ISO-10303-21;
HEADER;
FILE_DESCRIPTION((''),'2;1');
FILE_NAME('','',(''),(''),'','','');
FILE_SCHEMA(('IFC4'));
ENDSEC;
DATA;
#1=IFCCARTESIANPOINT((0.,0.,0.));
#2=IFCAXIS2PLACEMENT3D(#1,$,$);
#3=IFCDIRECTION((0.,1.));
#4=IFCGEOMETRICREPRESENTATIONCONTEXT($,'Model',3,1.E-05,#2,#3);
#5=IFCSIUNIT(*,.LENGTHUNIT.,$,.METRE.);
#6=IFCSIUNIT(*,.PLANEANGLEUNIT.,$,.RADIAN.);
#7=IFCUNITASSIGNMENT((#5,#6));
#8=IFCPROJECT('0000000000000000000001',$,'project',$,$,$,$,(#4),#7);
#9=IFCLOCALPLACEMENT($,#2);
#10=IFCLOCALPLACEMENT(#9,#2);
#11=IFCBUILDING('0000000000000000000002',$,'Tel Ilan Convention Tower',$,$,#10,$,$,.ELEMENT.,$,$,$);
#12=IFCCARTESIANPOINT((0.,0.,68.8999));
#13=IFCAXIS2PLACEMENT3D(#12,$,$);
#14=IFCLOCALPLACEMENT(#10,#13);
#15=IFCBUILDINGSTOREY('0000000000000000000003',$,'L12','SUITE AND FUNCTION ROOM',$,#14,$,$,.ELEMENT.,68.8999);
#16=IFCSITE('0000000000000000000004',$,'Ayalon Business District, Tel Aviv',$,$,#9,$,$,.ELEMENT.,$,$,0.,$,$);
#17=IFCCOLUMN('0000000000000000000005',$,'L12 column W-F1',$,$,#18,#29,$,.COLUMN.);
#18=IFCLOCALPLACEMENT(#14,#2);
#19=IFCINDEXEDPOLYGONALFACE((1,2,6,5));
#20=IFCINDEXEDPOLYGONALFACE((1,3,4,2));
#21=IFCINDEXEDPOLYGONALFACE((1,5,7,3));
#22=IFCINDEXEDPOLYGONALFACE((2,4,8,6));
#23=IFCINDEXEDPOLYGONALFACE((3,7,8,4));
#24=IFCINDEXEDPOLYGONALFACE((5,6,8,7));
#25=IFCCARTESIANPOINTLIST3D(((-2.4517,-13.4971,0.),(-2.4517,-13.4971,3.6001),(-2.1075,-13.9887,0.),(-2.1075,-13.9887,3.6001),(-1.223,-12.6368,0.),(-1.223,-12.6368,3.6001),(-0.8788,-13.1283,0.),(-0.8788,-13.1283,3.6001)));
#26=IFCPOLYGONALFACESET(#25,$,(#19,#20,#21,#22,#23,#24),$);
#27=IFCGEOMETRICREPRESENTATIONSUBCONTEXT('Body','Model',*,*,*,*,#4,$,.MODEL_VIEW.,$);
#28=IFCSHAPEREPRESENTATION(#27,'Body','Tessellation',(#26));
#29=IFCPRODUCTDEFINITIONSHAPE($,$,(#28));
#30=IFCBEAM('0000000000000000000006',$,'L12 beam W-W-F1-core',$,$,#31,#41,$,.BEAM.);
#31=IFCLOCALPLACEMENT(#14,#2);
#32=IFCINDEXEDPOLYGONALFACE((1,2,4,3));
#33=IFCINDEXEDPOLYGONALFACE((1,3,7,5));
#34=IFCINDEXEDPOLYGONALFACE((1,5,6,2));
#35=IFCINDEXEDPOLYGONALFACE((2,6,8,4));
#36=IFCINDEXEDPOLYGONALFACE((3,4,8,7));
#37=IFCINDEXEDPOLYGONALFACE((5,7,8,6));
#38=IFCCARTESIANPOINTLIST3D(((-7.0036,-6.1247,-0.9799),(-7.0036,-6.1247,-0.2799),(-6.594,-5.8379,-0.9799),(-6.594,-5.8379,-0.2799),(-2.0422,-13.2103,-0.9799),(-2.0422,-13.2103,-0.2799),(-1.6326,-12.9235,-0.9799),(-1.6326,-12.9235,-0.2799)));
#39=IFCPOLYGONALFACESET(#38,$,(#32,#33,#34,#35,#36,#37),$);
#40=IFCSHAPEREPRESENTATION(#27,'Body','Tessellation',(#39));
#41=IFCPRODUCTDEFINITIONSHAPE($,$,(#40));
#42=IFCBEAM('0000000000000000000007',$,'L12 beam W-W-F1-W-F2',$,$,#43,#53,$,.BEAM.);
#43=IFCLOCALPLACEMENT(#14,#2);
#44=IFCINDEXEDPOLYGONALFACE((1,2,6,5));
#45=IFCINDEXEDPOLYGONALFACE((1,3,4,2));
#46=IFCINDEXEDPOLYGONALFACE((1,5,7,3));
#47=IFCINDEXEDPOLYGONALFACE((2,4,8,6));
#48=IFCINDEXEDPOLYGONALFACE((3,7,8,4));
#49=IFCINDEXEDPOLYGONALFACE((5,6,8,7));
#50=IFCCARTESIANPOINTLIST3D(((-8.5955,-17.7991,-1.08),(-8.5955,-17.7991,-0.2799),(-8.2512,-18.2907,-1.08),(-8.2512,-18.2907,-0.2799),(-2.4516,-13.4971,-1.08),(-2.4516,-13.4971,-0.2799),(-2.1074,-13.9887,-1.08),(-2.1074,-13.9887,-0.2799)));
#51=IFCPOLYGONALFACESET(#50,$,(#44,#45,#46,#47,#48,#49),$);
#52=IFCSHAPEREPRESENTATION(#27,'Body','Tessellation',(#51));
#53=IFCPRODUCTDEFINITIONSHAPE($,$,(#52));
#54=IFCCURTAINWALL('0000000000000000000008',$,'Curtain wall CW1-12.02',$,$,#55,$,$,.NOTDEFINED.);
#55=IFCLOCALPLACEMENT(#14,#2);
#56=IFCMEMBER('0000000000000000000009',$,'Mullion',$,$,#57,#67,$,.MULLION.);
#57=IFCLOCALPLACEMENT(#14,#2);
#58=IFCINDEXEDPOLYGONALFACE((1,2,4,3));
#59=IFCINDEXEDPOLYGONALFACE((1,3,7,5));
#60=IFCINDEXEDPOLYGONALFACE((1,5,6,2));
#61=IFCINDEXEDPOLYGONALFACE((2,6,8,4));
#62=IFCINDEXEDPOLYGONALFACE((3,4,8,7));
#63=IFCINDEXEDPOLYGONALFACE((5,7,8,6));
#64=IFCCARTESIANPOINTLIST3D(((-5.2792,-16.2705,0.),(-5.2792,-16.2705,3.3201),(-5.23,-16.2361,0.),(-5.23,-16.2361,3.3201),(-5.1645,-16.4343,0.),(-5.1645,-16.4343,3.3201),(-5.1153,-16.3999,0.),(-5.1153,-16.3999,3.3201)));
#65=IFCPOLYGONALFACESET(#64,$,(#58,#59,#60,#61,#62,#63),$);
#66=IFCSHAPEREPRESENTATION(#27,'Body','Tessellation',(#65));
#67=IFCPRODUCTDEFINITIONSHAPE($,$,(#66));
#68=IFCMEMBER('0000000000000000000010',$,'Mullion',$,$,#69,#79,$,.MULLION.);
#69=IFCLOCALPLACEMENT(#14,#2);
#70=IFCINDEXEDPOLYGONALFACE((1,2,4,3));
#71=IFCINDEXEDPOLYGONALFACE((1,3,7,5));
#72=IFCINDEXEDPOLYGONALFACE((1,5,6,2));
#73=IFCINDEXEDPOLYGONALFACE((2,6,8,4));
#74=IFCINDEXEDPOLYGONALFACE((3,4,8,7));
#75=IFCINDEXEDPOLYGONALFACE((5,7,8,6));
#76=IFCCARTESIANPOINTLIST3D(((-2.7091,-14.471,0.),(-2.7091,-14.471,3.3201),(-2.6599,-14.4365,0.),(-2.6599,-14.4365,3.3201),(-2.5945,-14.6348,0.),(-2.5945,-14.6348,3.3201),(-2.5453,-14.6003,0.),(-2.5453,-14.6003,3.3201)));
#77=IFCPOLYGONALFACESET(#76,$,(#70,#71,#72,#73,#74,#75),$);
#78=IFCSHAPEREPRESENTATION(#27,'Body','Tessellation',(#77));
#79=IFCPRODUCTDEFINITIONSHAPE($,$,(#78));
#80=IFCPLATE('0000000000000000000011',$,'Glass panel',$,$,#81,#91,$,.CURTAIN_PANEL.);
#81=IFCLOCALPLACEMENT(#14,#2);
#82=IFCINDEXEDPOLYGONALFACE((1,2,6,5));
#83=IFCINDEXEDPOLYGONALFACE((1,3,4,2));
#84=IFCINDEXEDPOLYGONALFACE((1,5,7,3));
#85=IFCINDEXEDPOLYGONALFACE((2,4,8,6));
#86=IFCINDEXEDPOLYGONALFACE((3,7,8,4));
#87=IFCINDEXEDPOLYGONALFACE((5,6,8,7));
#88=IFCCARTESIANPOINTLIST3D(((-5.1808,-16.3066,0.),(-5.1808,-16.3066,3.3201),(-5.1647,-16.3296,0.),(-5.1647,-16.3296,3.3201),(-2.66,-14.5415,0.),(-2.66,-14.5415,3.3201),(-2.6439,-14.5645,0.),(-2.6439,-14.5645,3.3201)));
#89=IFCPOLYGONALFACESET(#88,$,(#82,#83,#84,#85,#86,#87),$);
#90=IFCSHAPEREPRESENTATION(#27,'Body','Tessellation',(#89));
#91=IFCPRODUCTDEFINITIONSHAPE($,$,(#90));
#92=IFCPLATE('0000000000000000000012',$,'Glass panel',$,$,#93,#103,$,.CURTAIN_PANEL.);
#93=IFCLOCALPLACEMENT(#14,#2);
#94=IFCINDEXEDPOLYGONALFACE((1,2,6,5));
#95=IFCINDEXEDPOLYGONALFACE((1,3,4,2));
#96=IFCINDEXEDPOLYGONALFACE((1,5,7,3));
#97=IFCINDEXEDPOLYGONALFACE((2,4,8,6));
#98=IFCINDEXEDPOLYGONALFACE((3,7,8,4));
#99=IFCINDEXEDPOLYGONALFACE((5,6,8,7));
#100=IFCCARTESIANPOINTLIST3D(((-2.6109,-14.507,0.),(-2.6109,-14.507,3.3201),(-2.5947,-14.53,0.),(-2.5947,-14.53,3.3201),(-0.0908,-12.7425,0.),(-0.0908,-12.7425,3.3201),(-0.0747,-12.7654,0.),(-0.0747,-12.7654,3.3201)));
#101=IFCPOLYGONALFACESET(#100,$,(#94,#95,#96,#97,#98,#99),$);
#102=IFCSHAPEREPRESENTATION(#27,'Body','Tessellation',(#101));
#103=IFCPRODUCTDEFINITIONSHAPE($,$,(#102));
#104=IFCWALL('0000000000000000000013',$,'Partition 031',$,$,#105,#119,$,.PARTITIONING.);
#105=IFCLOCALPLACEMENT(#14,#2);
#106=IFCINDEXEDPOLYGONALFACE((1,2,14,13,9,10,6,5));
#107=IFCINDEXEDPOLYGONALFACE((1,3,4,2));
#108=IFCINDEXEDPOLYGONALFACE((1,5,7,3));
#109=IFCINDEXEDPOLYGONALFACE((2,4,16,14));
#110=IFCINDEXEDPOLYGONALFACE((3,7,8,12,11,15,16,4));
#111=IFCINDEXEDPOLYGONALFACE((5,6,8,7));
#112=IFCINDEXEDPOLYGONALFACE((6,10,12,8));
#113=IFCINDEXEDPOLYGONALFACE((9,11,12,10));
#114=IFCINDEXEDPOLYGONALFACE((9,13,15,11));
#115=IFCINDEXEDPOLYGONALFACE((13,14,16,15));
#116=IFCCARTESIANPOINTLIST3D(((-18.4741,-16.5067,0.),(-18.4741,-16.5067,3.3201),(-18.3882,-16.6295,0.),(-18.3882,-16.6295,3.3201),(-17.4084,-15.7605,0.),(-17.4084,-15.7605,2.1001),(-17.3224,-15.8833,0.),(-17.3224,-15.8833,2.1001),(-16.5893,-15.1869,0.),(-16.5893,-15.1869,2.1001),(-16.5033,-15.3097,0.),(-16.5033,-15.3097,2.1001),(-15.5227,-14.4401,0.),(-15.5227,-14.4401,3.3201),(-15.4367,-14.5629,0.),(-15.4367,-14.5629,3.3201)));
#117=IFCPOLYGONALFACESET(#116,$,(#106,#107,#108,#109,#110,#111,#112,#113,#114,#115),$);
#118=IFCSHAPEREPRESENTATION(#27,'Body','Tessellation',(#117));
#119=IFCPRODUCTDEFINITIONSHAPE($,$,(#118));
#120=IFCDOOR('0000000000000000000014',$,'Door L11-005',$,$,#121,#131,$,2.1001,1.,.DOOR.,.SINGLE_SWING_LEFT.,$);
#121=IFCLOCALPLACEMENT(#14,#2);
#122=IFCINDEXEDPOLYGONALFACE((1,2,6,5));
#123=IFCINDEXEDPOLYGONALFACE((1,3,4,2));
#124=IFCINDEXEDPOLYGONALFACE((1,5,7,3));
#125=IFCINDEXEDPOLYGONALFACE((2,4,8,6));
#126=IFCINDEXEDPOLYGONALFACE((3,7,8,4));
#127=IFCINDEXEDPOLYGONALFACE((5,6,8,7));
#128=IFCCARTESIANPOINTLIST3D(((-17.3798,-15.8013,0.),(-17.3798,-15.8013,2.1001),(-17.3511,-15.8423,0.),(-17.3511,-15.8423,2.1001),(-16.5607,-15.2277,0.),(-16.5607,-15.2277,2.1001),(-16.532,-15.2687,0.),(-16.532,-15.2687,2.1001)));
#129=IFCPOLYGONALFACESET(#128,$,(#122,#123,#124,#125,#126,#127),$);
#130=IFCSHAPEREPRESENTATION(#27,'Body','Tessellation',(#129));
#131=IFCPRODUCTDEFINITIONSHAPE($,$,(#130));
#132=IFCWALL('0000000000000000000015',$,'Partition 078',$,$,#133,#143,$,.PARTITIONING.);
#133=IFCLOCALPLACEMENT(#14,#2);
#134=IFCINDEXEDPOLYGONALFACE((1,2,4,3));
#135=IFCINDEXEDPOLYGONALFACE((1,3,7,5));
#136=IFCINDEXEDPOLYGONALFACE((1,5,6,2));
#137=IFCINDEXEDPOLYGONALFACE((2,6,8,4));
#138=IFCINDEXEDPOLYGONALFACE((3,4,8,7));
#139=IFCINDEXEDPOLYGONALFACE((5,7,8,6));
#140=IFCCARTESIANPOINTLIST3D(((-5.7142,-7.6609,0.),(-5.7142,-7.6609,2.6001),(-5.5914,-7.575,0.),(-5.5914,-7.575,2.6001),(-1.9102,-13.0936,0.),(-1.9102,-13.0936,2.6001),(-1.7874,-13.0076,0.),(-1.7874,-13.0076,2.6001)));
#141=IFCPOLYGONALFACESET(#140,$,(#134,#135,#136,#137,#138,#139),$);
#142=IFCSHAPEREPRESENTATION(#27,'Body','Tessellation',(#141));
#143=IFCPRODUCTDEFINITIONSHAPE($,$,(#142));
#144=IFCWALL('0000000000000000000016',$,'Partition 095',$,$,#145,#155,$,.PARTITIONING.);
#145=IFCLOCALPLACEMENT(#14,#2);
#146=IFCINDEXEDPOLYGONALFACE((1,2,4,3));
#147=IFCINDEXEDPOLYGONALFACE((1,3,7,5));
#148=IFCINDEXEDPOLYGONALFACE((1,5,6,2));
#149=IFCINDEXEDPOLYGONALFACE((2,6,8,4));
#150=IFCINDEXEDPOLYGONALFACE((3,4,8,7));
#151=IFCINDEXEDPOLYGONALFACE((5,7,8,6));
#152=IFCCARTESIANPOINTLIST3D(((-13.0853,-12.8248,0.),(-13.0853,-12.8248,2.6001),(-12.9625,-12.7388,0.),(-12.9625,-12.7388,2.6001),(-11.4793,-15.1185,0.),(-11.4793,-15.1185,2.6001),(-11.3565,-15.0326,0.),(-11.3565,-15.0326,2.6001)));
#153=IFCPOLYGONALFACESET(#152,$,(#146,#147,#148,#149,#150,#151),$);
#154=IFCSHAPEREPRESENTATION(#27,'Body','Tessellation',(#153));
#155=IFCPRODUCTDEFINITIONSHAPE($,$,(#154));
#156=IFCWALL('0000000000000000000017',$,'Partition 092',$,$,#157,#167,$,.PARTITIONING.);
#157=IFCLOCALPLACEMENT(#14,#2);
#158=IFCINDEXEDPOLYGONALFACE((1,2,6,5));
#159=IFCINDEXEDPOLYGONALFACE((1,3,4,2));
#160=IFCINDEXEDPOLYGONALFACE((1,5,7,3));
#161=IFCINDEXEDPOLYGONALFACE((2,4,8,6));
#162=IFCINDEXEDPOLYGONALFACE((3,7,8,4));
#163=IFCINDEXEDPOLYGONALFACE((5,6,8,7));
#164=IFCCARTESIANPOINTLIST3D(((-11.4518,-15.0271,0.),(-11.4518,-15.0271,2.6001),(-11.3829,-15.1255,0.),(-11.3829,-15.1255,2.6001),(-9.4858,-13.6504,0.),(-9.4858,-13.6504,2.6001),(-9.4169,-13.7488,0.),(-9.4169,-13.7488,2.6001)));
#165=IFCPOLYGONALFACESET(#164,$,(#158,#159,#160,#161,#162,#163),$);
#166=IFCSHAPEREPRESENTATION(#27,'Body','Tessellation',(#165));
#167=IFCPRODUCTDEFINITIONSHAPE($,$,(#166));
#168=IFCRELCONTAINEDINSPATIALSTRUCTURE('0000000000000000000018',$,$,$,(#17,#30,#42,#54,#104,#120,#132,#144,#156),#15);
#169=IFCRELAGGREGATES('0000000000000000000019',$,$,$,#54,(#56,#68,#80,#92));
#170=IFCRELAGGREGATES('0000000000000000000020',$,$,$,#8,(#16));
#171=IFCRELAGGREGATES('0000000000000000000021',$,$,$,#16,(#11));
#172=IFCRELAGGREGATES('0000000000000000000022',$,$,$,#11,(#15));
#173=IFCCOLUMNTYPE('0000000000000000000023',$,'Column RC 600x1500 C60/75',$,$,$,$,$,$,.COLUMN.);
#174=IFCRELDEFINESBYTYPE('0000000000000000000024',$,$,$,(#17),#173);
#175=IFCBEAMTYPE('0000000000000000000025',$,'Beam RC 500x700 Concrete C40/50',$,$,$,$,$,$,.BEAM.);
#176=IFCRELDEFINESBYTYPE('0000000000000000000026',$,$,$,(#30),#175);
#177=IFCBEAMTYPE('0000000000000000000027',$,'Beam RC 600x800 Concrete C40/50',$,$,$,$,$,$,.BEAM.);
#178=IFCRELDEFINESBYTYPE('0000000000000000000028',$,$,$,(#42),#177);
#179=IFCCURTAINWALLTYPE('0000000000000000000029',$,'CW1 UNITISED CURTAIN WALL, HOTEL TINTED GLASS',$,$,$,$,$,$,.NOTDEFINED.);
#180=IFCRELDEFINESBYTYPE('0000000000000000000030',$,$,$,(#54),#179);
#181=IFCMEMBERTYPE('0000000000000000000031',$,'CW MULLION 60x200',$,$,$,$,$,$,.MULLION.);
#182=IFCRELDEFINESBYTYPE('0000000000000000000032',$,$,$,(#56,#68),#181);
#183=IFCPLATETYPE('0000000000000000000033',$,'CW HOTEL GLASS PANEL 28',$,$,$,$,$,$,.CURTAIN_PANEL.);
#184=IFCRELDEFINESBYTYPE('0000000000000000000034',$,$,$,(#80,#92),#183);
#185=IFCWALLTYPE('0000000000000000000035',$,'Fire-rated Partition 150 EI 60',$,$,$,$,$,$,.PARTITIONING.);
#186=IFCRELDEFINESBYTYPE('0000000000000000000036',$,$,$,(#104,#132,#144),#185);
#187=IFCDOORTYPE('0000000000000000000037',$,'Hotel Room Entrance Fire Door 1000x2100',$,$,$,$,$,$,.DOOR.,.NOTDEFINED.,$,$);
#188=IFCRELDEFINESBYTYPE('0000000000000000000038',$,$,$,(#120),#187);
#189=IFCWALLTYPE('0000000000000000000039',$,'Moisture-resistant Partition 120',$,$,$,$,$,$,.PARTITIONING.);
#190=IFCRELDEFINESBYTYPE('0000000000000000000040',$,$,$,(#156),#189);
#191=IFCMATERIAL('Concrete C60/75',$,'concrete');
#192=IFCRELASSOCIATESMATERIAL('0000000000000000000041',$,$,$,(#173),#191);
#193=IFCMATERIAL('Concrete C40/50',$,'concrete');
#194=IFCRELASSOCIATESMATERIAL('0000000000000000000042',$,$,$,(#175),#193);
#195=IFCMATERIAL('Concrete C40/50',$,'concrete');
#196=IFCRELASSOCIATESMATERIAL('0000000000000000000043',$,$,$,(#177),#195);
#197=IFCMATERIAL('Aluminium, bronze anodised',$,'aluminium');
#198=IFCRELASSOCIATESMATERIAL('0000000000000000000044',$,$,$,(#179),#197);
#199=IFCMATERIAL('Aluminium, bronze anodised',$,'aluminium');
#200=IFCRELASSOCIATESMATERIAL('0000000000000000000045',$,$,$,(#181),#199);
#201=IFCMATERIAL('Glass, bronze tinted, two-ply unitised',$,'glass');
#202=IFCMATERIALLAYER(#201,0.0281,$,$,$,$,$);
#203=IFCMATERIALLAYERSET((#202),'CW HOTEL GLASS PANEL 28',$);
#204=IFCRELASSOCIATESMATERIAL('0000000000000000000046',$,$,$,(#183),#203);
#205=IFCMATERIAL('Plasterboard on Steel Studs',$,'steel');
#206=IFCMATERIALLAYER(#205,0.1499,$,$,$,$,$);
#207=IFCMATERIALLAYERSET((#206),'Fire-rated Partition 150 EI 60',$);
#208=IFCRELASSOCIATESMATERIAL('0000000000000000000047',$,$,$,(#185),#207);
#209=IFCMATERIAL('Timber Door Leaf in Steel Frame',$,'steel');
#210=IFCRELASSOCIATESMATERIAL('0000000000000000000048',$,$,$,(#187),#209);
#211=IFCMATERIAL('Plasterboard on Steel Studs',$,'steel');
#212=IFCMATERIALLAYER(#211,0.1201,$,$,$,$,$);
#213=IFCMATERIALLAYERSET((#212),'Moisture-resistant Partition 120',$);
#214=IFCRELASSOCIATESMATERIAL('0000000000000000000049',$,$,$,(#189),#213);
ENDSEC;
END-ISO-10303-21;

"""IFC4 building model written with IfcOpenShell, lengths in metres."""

from ifc_helpers import new_model, si_unit, direction, frame, frame_2d, origin, origin_2d, place, context, subcontext, project, spatial, rectangle, extrude, material, layer, layer_set, material_profile, profile_set, type_object, element, fill, aggregate, save


model = new_model("IFC4")

# Units and contexts
model_context = context("Model", 3, precision=1e-05, world=origin(), true_north=direction((0.0, 1.0)))
body_context = subcontext(model_context, "Body", "Model", "MODEL_VIEW")
ifc_project = project(units=[si_unit("LENGTHUNIT", "METRE"), si_unit("PLANEANGLEUNIT", "RADIAN")], contexts=[model_context])

# Site, building, storey
site_placement = place(None, origin())
site = spatial("IfcSite", under=ifc_project, at=site_placement, Name="Ayalon Business District, Tel Aviv", CompositionType="ELEMENT", RefElevation=0.0)
building_placement = place(site_placement, origin())
building = spatial("IfcBuilding", under=site, at=building_placement, Name="Tel Ilan Convention Tower", CompositionType="ELEMENT")
storey_placement = place(building_placement, frame((0.0, 0.0, 68.8999)))
storey = spatial("IfcBuildingStorey", under=building, at=storey_placement, Name="L12", Description="SUITE AND FUNCTION ROOM", CompositionType="ELEMENT", Elevation=68.8999)

# Column
ifc_material_1 = material(Name="Concrete C60/75", Category="concrete")
ifc_material_profile_1 = material_profile(ifc_material_1, rectangle(XDim=1.5, YDim=0.6001, at=origin_2d()), Name="RC 600x1500")
ifc_profile_set_1 = profile_set([ifc_material_profile_1], Name="Concrete C60/75")
column_type = type_object("IfcColumnType", Name="Column RC 600x1500 C60/75", PredefinedType="COLUMN", material=ifc_profile_set_1)
column_placement = place(storey_placement, frame((-1.6653, -13.3127, 0.0), z_axis=(0.0, 0.0, 1.0), x_axis=(-0.819152, -0.573576, 0.0)))
element("IfcColumn", 1, at=column_placement, inside=storey, type_object=column_type, Name="L12 column W-F1", PredefinedType="COLUMN", context=body_context, shape_type="SweptSolid", body=[
    extrude(rectangle(XDim=1.5, YDim=0.6001, at=origin_2d()), origin(), (0.0, 0.0, 1.0), 3.6001),
])

# Beams
ifc_material_2 = material(Name="Concrete C40/50", Category="concrete")
ifc_material_profile_2 = material_profile(ifc_material_2, rectangle(XDim=0.5, YDim=0.7, at=origin_2d()), Name="RC 500x700")
ifc_profile_set_2 = profile_set([ifc_material_profile_2], Name="Concrete C40/50")
beam_type_1 = type_object("IfcBeamType", Name="Beam RC 500x700 Concrete C40/50", PredefinedType="BEAM", material=ifc_profile_set_2)
beam_1_placement = place(storey_placement, frame((-1.8374, -13.0669, -0.6299), z_axis=(-0.573574, 0.819154, 0.0), x_axis=(-0.819154, -0.573574, 0.0)))
element("IfcBeam", 2, at=beam_1_placement, inside=storey, type_object=beam_type_1, Name="L12 beam W-W-F1-core", PredefinedType="BEAM", context=body_context, shape_type="SweptSolid", body=[
    extrude(rectangle(XDim=0.5, YDim=0.7, at=origin_2d()), origin(), (0.0, 0.0, 1.0), 8.6499),
])
ifc_material_3 = material(Name="Concrete C40/50", Category="concrete")
ifc_material_profile_3 = material_profile(ifc_material_3, rectangle(XDim=0.6001, YDim=0.8, at=origin_2d()), Name="RC 600x800")
ifc_profile_set_3 = profile_set([ifc_material_profile_3], Name="Concrete C40/50")
beam_type_2 = type_object("IfcBeamType", Name="Beam RC 600x800 Concrete C40/50", PredefinedType="BEAM", material=ifc_profile_set_3)
beam_2_placement = place(storey_placement, frame((-2.2795, -13.7429, -0.6799), z_axis=(-0.819148, -0.573582, 0.0), x_axis=(0.573582, -0.819148, 0.0)))
element("IfcBeam", 3, at=beam_2_placement, inside=storey, type_object=beam_type_2, Name="L12 beam W-W-F1-W-F2", PredefinedType="BEAM", context=body_context, shape_type="SweptSolid", body=[
    extrude(rectangle(XDim=0.6001, YDim=0.8, at=origin_2d()), origin(), (0.0, 0.0, 1.0), 7.5002),
])

# Curtain wall, members, plates
ifc_material_4 = material(Name="Aluminium, bronze anodised", Category="aluminium")
curtain_wall_type = type_object("IfcCurtainWallType", Name="CW1 UNITISED CURTAIN WALL, HOTEL TINTED GLASS", PredefinedType="NOTDEFINED", material=ifc_material_4)
curtain_wall_placement = place(storey_placement, origin())
curtain_wall = element("IfcCurtainWall", 4, at=curtain_wall_placement, inside=storey, type_object=curtain_wall_type, Name="Curtain wall CW1-12.02", PredefinedType="NOTDEFINED")
ifc_material_5 = material(Name="Aluminium, bronze anodised", Category="aluminium")
ifc_material_profile_4 = material_profile(ifc_material_5, rectangle(XDim=0.0601, YDim=0.2, at=origin_2d()), Name="CW MULLION 60x200")
ifc_profile_set_4 = profile_set([ifc_material_profile_4], Name="Aluminium, bronze anodised")
member_type = type_object("IfcMemberType", Name="CW MULLION 60x200", PredefinedType="MULLION", material=ifc_profile_set_4)
member_1_placement = place(storey_placement, frame((-5.1973, -16.3352, 0.0), z_axis=(0.0, 0.0, 1.0), x_axis=(0.819152, 0.573576, 0.0)))
member_1 = element("IfcMember", 5, at=member_1_placement, type_object=member_type, Name="Mullion", PredefinedType="MULLION", context=body_context, shape_type="SweptSolid", body=[
    extrude(rectangle(XDim=0.0601, YDim=0.2, at=origin_2d()), origin(), (0.0, 0.0, 1.0), 3.3201),
])
member_2_placement = place(storey_placement, frame((-2.6272, -14.5356, 0.0), z_axis=(0.0, 0.0, 1.0), x_axis=(0.819152, 0.573576, 0.0)))
member_2 = element("IfcMember", 6, at=member_2_placement, type_object=member_type, Name="Mullion", PredefinedType="MULLION", context=body_context, shape_type="SweptSolid", body=[
    extrude(rectangle(XDim=0.0601, YDim=0.2, at=origin_2d()), origin(), (0.0, 0.0, 1.0), 3.3201),
])
ifc_material_6 = material(Name="Glass, bronze tinted, two-ply unitised", Category="glass")
ifc_layer_1 = layer(ifc_material_6, 0.0281)
ifc_layer_set_1 = layer_set([ifc_layer_1], Name="CW HOTEL GLASS PANEL 28")
plate_type = type_object("IfcPlateType", Name="CW HOTEL GLASS PANEL 28", PredefinedType="CURTAIN_PANEL", material=ifc_layer_set_1)
plate_1_placement = place(storey_placement, frame((-3.9124, -15.4355, 0.0), z_axis=(0.0, 0.0, 1.0), x_axis=(0.819152, 0.573576, 0.0)))
plate_1 = element("IfcPlate", 7, at=plate_1_placement, type_object=plate_type, Name="Glass panel", PredefinedType="CURTAIN_PANEL", context=body_context, shape_type="SweptSolid", body=[
    extrude(rectangle(XDim=3.0774, YDim=0.0281, at=origin_2d()), origin(), (0.0, 0.0, 1.0), 3.3201),
])
plate_2_placement = place(storey_placement, frame((-1.3428, -13.6362, 0.0), z_axis=(0.0, 0.0, 1.0), x_axis=(0.819152, 0.573576, 0.0)))
plate_2 = element("IfcPlate", 8, at=plate_2_placement, type_object=plate_type, Name="Glass panel", PredefinedType="CURTAIN_PANEL", context=body_context, shape_type="SweptSolid", body=[
    extrude(rectangle(XDim=3.0764, YDim=0.0281, at=origin_2d()), origin(), (0.0, 0.0, 1.0), 3.3201),
])
aggregate(curtain_wall, [member_1, member_2, plate_1, plate_2])

# Wall, opening, door
ifc_material_7 = material(Name="Plasterboard on Steel Studs", Category="steel")
ifc_layer_2 = layer(ifc_material_7, 0.1499)
ifc_layer_set_2 = layer_set([ifc_layer_2], Name="Fire-rated Partition 150 EI 60")
wall_type_1 = type_object("IfcWallType", Name="Fire-rated Partition 150 EI 60", PredefinedType="PARTITIONING", material=ifc_layer_set_2)
wall_1_placement = place(storey_placement, frame((-15.4797, -14.5015, 0.0), z_axis=(0.0, 0.0, 1.0), x_axis=(-0.819146, -0.573585, 0.0)))
wall_1 = element("IfcWall", 9, at=wall_1_placement, inside=storey, type_object=wall_type_1, Name="Partition 031", PredefinedType="PARTITIONING", context=body_context, shape_type="SweptSolid", body=[
    extrude(rectangle(XDim=3.603, YDim=0.1499, at=frame_2d((1.8015, 0.0))), origin(), (0.0, 0.0, 1.0), 3.3201),
])
opening_1_placement = place(wall_1_placement, frame((1.302, 0.0, 0.0)))
opening_1 = element("IfcOpeningElement", 10, at=opening_1_placement, cuts=wall_1, PredefinedType="OPENING", context=body_context, shape_type="SweptSolid", body=[
    extrude(rectangle(XDim=1.0, YDim=2.1001, at=frame_2d((0.5, 1.05))), frame((0.0, 0.085, 0.0), z_axis=(0.0, -1.0, 0.0), x_axis=(1.0, 0.0, 0.0)), (0.0, 0.0, 1.0), 0.1699),
])
ifc_material_8 = material(Name="Timber Door Leaf in Steel Frame", Category="steel")
door_type_1 = type_object("IfcDoorType", Name="Hotel Room Entrance Fire Door 1000x2100", OperationType="NOTDEFINED", PredefinedType="DOOR", material=ifc_material_8)
door_1_placement = place(opening_1_placement, origin())
door_1 = element("IfcDoor", 11, at=door_1_placement, inside=storey, type_object=door_type_1, Name="Door L11-005", OperationType="SINGLE_SWING_LEFT", OverallHeight=2.1001, OverallWidth=1.0, PredefinedType="DOOR", context=body_context, shape_type="SweptSolid", body=[
    extrude(rectangle(XDim=1.0, YDim=2.1001, at=frame_2d((0.5, 1.05))), frame((0.0, 0.0249, 0.0), z_axis=(0.0, -1.0, 0.0), x_axis=(1.0, 0.0, 0.0)), (0.0, 0.0, 1.0), 0.05),
])
fill(opening_1, door_1)

# Walls
wall_2_placement = place(storey_placement, frame((-1.8489, -13.0505, 0.0), z_axis=(0.0, 0.0, 1.0), x_axis=(-0.573576, 0.819152, 0.0)))
element("IfcWall", 12, at=wall_2_placement, inside=storey, type_object=wall_type_1, Name="Partition 078", PredefinedType="PARTITIONING", context=body_context, shape_type="SweptSolid", body=[
    extrude(rectangle(XDim=6.6321, YDim=0.1499, at=frame_2d((3.3159, 0.0))), origin(), (0.0, 0.0, 1.0), 2.6001),
])
wall_3_placement = place(storey_placement, frame((-11.418, -15.0754, 0.0), z_axis=(0.0, 0.0, 1.0), x_axis=(-0.57355, 0.81917, 0.0)))
element("IfcWall", 13, at=wall_3_placement, inside=storey, type_object=wall_type_1, Name="Partition 095", PredefinedType="PARTITIONING", context=body_context, shape_type="SweptSolid", body=[
    extrude(rectangle(XDim=2.8, YDim=0.1499, at=frame_2d((1.3999, 0.0))), origin(), (0.0, 0.0, 1.0), 2.6001),
])
ifc_material_9 = material(Name="Plasterboard on Steel Studs", Category="steel")
ifc_layer_3 = layer(ifc_material_9, 0.1201)
ifc_layer_set_3 = layer_set([ifc_layer_3], Name="Moisture-resistant Partition 120")
wall_type_2 = type_object("IfcWallType", Name="Moisture-resistant Partition 120", PredefinedType="PARTITIONING", material=ifc_layer_set_3)
wall_4_placement = place(storey_placement, frame((-11.4175, -15.0764, 0.0), z_axis=(0.0, 0.0, 1.0), x_axis=(0.819141, 0.573592, 0.0)))
element("IfcWall", 14, at=wall_4_placement, inside=storey, type_object=wall_type_2, Name="Partition 092", PredefinedType="PARTITIONING", context=body_context, shape_type="SweptSolid", body=[
    extrude(rectangle(XDim=2.4001, YDim=0.1201, at=frame_2d((1.2002, 0.0))), origin(), (0.0, 0.0, 1.0), 2.6001),
])

save(model, "model.ifc")
